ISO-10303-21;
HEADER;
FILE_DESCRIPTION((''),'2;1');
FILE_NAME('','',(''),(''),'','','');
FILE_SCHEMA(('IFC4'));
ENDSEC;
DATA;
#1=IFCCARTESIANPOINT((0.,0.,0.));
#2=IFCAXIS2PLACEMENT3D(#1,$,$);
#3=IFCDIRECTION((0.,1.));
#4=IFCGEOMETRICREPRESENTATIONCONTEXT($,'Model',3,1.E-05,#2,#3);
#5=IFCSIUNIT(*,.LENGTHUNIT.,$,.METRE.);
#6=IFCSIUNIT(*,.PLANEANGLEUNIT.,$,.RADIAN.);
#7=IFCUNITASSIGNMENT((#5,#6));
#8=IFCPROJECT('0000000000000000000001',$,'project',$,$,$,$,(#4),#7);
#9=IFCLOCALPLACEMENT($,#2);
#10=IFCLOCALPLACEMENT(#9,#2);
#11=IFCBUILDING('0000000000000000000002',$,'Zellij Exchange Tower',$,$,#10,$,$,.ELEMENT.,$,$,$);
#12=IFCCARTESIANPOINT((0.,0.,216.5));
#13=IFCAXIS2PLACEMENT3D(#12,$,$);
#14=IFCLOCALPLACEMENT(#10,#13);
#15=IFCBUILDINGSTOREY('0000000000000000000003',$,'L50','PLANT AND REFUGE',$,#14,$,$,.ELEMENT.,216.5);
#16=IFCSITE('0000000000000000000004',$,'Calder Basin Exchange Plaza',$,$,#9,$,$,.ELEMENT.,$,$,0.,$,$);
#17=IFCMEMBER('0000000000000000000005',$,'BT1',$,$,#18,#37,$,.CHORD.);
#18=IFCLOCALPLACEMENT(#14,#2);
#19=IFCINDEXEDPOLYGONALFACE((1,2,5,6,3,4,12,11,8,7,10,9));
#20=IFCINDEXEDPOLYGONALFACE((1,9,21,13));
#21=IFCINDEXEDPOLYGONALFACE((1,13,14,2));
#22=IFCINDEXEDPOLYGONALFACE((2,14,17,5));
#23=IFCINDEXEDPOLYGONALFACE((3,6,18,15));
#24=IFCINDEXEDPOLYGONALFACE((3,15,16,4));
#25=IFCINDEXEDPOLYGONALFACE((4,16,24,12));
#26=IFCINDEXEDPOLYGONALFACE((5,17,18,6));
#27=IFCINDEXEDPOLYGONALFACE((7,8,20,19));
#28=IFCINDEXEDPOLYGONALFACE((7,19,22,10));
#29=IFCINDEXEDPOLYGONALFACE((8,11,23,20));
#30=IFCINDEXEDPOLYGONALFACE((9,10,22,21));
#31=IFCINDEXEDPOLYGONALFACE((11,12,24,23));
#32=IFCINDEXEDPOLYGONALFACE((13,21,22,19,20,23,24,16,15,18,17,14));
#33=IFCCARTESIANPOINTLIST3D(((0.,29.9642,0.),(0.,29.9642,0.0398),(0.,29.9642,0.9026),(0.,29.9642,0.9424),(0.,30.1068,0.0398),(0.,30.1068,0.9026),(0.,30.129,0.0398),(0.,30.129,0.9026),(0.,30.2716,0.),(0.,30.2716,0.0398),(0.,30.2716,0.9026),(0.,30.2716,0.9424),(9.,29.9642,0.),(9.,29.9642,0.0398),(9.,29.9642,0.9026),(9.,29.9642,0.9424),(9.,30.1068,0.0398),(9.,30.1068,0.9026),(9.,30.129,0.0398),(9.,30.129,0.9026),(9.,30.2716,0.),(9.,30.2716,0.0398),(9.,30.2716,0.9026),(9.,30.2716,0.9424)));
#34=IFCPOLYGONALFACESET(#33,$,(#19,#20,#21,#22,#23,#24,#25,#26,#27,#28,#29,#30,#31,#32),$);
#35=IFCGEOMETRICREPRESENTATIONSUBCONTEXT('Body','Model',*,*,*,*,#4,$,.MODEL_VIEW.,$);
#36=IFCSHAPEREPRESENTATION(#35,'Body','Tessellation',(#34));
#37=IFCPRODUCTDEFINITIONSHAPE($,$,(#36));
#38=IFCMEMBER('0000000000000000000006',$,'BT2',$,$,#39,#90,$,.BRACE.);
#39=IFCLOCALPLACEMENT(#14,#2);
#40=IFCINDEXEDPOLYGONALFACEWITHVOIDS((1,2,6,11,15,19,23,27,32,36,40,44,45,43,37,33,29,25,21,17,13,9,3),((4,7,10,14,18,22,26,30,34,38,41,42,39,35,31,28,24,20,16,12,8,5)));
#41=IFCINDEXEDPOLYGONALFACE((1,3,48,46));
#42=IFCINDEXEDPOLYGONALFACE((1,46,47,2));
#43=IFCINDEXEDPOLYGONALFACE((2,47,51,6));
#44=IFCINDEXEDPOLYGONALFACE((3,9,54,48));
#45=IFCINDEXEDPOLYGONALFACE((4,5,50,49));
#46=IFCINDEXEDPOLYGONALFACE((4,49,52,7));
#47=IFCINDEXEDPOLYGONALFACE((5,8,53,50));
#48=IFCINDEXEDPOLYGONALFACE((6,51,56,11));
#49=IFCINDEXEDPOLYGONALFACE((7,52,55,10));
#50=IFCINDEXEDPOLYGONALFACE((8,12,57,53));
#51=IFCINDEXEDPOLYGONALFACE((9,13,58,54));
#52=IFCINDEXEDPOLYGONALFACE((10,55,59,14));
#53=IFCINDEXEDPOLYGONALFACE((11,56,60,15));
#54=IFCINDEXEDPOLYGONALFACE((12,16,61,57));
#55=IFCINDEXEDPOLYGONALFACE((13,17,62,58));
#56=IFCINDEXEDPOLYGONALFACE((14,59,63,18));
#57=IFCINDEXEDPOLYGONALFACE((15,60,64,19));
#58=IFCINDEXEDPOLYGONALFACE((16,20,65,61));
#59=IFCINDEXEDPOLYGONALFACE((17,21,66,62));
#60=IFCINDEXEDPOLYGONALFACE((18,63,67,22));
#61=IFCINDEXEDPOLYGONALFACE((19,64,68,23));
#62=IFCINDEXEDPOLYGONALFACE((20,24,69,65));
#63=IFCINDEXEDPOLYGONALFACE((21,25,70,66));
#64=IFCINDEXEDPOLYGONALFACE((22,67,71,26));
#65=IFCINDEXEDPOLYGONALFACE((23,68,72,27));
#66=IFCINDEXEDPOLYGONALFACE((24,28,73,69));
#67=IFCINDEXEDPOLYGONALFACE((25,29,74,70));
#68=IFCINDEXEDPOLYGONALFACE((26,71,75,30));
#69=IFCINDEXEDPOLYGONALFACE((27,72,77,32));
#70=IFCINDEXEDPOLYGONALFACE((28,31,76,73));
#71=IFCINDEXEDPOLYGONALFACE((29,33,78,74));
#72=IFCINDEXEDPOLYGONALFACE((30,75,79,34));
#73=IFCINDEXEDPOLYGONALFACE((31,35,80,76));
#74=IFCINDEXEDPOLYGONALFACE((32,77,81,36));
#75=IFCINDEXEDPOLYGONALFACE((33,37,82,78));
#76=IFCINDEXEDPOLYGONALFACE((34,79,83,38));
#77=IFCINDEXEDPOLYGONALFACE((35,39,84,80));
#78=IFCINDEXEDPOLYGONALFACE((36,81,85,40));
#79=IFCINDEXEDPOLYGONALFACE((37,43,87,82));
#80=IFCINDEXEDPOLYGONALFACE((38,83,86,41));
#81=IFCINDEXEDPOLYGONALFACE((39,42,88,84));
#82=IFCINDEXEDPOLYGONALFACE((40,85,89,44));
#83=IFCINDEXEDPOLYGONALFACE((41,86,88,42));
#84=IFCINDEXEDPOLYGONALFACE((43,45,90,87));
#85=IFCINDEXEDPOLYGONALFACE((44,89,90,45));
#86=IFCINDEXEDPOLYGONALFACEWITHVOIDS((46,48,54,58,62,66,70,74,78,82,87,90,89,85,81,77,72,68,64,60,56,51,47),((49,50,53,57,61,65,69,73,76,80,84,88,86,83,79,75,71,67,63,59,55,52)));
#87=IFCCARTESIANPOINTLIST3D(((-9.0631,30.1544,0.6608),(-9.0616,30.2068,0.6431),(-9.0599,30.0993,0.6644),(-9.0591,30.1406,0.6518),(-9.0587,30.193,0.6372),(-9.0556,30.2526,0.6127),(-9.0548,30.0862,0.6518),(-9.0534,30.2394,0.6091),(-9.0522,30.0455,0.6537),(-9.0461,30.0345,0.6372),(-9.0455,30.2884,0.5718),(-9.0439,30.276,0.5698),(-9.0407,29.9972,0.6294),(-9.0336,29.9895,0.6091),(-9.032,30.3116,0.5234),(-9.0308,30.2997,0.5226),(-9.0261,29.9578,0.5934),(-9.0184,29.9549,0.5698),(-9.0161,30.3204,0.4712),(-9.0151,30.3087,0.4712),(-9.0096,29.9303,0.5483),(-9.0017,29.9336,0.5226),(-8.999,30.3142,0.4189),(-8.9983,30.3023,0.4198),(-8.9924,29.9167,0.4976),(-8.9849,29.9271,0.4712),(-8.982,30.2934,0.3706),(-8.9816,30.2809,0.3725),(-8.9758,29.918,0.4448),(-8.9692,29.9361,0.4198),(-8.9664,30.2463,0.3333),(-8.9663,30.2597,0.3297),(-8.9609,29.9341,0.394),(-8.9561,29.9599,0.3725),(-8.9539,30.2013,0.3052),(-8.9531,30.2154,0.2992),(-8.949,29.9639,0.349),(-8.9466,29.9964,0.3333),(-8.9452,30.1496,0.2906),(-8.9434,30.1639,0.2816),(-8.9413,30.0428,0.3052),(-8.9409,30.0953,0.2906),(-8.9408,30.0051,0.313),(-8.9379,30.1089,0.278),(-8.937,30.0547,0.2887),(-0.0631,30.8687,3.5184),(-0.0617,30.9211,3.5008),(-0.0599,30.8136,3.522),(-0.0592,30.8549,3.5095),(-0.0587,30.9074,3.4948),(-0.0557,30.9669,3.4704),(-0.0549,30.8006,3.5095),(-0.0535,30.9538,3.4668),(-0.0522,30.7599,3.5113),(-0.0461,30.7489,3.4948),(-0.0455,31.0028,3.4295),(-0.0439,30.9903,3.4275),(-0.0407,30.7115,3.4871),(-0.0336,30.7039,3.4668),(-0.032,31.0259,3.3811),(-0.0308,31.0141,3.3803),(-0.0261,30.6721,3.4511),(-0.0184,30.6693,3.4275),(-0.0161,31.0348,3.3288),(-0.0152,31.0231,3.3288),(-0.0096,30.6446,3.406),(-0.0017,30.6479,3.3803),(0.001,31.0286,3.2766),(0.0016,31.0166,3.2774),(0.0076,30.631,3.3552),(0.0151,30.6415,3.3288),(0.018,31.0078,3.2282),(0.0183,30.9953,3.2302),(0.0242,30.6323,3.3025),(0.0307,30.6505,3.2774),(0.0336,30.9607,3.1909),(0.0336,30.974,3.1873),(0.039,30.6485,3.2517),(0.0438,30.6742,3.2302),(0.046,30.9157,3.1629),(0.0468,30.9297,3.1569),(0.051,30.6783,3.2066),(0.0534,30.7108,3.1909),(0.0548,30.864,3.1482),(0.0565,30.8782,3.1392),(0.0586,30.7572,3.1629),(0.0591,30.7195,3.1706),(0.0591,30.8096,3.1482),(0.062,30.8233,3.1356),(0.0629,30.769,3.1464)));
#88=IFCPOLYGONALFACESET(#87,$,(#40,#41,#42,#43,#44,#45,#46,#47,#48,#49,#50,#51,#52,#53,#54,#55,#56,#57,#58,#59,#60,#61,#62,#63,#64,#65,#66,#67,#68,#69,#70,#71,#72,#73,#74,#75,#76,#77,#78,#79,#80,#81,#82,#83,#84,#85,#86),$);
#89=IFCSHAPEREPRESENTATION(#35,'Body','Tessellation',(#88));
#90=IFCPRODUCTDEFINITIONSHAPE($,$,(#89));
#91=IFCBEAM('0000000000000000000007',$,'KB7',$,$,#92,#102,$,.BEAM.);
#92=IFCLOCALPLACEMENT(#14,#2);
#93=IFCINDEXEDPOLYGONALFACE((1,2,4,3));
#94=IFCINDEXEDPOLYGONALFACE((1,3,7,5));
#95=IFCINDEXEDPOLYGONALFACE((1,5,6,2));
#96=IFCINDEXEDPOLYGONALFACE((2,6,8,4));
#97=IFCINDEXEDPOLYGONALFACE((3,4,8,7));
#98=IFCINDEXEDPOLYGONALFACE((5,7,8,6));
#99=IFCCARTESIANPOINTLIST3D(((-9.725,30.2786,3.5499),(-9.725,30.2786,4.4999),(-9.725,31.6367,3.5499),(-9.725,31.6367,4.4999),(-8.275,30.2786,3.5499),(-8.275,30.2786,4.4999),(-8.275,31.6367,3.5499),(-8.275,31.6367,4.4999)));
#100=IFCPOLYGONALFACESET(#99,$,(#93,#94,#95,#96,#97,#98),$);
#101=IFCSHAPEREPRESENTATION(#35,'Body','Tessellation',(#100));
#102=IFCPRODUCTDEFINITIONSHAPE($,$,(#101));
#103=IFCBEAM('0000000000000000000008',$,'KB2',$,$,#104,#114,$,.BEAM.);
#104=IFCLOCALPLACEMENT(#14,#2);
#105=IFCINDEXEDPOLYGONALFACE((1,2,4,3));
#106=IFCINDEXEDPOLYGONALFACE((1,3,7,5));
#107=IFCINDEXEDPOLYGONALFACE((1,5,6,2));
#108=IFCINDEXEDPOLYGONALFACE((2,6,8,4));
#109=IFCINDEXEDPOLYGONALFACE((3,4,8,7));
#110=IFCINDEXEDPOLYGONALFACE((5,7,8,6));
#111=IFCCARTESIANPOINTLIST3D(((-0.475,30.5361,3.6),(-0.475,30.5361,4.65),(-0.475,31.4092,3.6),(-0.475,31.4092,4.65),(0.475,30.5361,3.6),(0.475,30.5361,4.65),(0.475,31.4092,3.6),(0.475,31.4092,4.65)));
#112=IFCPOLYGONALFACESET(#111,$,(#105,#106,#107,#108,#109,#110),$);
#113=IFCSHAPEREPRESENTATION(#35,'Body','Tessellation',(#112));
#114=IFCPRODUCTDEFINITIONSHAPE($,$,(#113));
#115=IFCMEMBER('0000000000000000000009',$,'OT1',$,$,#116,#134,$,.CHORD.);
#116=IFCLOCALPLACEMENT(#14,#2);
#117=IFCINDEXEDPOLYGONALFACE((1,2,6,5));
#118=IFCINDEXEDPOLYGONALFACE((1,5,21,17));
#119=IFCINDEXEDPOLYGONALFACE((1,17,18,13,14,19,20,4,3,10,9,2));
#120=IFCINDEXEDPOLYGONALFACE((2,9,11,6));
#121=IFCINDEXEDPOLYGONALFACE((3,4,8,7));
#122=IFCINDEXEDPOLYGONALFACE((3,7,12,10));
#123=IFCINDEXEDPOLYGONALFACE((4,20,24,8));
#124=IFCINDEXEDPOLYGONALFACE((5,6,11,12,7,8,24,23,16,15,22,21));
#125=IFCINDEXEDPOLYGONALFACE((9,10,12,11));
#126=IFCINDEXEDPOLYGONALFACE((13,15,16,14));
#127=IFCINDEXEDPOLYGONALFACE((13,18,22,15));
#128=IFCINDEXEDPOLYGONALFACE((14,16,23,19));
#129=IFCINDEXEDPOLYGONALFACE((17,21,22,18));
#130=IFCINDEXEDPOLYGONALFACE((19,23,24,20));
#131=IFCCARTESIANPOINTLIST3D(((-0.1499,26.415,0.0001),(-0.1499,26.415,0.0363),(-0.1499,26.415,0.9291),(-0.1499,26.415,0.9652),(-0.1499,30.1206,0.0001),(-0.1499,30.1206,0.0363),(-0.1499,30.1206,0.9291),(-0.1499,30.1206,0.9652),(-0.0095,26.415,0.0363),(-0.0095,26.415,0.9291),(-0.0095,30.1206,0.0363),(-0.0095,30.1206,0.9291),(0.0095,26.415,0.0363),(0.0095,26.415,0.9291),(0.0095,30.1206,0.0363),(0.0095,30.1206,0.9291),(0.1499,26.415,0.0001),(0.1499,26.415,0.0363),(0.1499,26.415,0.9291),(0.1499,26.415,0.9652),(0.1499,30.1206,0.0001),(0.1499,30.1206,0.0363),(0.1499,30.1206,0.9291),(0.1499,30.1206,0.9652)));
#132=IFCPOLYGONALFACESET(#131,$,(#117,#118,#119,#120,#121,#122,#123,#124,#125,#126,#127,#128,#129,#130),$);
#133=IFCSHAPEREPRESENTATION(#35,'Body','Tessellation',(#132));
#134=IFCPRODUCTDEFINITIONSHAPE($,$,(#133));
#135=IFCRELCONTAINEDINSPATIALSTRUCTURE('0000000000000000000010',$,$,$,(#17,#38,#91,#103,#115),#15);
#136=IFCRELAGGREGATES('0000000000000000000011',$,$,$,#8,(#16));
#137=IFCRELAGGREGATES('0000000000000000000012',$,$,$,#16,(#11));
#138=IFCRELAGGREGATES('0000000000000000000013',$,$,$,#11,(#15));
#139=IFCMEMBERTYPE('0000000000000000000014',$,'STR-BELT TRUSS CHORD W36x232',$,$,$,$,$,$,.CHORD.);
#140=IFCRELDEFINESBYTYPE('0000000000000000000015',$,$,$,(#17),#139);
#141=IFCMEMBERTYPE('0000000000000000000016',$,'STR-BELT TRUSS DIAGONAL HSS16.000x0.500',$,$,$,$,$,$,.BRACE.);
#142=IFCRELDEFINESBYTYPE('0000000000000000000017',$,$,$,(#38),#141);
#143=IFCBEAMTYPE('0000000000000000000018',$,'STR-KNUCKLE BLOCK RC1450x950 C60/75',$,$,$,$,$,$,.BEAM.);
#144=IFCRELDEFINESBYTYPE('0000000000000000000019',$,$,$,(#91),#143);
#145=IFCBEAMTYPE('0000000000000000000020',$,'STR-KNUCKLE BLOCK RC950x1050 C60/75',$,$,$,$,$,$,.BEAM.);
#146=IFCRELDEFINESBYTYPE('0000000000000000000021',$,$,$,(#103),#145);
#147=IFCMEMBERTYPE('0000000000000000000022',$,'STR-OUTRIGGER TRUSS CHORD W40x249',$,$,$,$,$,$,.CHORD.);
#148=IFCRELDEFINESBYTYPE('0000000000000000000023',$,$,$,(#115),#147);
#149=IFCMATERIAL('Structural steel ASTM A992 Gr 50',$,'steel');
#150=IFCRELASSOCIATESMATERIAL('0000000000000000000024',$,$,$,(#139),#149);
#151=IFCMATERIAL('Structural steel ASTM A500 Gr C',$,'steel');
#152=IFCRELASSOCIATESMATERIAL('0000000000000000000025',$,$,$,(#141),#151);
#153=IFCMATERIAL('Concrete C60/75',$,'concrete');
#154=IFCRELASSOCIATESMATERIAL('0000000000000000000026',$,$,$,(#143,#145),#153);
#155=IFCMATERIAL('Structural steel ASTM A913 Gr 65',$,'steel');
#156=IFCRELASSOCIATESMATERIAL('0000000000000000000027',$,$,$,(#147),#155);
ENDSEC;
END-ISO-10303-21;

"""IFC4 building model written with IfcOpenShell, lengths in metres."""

from ifc_helpers import new_model, si_unit, direction, frame, origin, origin_2d, place, context, subcontext, project, spatial, rectangle, hollow_circle, i_section, extrude, material, material_profile, profile_set, type_object, element, save


model = new_model("IFC4")

# Units and contexts
model_context = context("Model", 3, precision=1e-05, world=origin(), true_north=direction((0.0, 1.0)))
body_context = subcontext(model_context, "Body", "Model", "MODEL_VIEW")
ifc_project = project(units=[si_unit("LENGTHUNIT", "METRE"), si_unit("PLANEANGLEUNIT", "RADIAN")], contexts=[model_context])

# Site, building, storey
site_placement = place(None, origin())
site = spatial("IfcSite", under=ifc_project, at=site_placement, Name="Calder Basin Exchange Plaza", CompositionType="ELEMENT", RefElevation=0.0)
building_placement = place(site_placement, origin())
building = spatial("IfcBuilding", under=site, at=building_placement, Name="Zellij Exchange Tower", CompositionType="ELEMENT")
storey_placement = place(building_placement, frame((0.0, 0.0, 216.5)))
storey = spatial("IfcBuildingStorey", under=building, at=storey_placement, Name="L50", Description="PLANT AND REFUGE", CompositionType="ELEMENT", Elevation=216.5)

# Shared definitions
ifc_material_1 = material(Name="Concrete C60/75", Category="concrete")

# Members
ifc_material_2 = material(Name="Structural steel ASTM A992 Gr 50", Category="steel")
ifc_material_profile_1 = material_profile(ifc_material_2, i_section(OverallWidth=0.3074, OverallDepth=0.9424, WebThickness=0.0222, FlangeThickness=0.0398, at=origin_2d()), Name="W36x232")
ifc_profile_set_1 = profile_set([ifc_material_profile_1], Name="Structural steel ASTM A992 Gr 50")
member_type_1 = type_object("IfcMemberType", Name="STR-BELT TRUSS CHORD W36x232", PredefinedType="CHORD", material=ifc_profile_set_1)
for number, where, z_axis, x_axis, name in (
    (1, (0.0, 30.1179, 0.4712), (1.0, 0.0, 0.0), (0.0, 1.0, 0.0), "BT1"),
):
    element("IfcMember", number, at=place(storey_placement, frame(where, z_axis=z_axis, x_axis=x_axis)), inside=storey, type_object=member_type_1, Name=name, PredefinedType="CHORD", context=body_context, shape_type="SweptSolid", body=[
        extrude(i_section(OverallWidth=0.3074, OverallDepth=0.9424, WebThickness=0.0222, FlangeThickness=0.0398, at=origin_2d()), origin(), (0.0, 0.0, 1.0), 9.0),
    ])
ifc_material_3 = material(Name="Structural steel ASTM A500 Gr C", Category="steel")
ifc_material_profile_2 = material_profile(ifc_material_3, hollow_circle(Radius=0.2031, WallThickness=0.0117, at=origin_2d()), Name="STR-BELT TRUSS DIAGONAL HSS16.000x0.500")
ifc_profile_set_2 = profile_set([ifc_material_profile_2], Name="Structural steel ASTM A500 Gr C")
member_type_2 = type_object("IfcMemberType", Name="STR-BELT TRUSS DIAGONAL HSS16.000x0.500", PredefinedType="BRACE", material=ifc_profile_set_2)
member_1_placement = place(storey_placement, frame((-9.0, 30.1179, 0.4712), z_axis=(0.950393, 0.075435, 0.301767), x_axis=(-0.079124, 0.996865, 0.0)))
element("IfcMember", 2, at=member_1_placement, inside=storey, type_object=member_type_2, Name="BT2", PredefinedType="BRACE", context=body_context, shape_type="SweptSolid", body=[
    extrude(hollow_circle(Radius=0.2031, WallThickness=0.0117, at=origin_2d()), origin(), (0.0, 0.0, 1.0), 9.4697),
])

# Beams
ifc_material_profile_3 = material_profile(ifc_material_1, rectangle(XDim=1.45, YDim=0.95, at=origin_2d()), Name="STR-KNUCKLE BLOCK RC1450x950 C60/75")
ifc_profile_set_3 = profile_set([ifc_material_profile_3], Name="Concrete C60/75")
beam_type_1 = type_object("IfcBeamType", Name="STR-KNUCKLE BLOCK RC1450x950 C60/75", PredefinedType="BEAM", material=ifc_profile_set_3)
beam_1_placement = place(storey_placement, frame((-9.0, 30.2786, 4.0249), z_axis=(0.0, 1.0, 0.0), x_axis=(-1.0, 0.0, 0.0)))
element("IfcBeam", 3, at=beam_1_placement, inside=storey, type_object=beam_type_1, Name="KB7", PredefinedType="BEAM", context=body_context, shape_type="SweptSolid", body=[
    extrude(rectangle(XDim=1.45, YDim=0.95, at=origin_2d()), origin(), (0.0, 0.0, 1.0), 1.3582),
])
ifc_material_profile_4 = material_profile(ifc_material_1, rectangle(XDim=0.95, YDim=1.05, at=origin_2d()), Name="STR-KNUCKLE BLOCK RC950x1050 C60/75")
ifc_profile_set_4 = profile_set([ifc_material_profile_4], Name="Concrete C60/75")
beam_type_2 = type_object("IfcBeamType", Name="STR-KNUCKLE BLOCK RC950x1050 C60/75", PredefinedType="BEAM", material=ifc_profile_set_4)
beam_2_placement = place(storey_placement, frame((0.0, 30.5361, 4.125), z_axis=(0.0, 1.0, 0.0), x_axis=(-1.0, 0.0, 0.0)))
element("IfcBeam", 4, at=beam_2_placement, inside=storey, type_object=beam_type_2, Name="KB2", PredefinedType="BEAM", context=body_context, shape_type="SweptSolid", body=[
    extrude(rectangle(XDim=0.95, YDim=1.05, at=origin_2d()), origin(), (0.0, 0.0, 1.0), 0.873),
])

# Member
ifc_material_4 = material(Name="Structural steel ASTM A913 Gr 65", Category="steel")
ifc_material_profile_5 = material_profile(ifc_material_4, i_section(OverallWidth=0.2998, OverallDepth=0.9651, WebThickness=0.019, FlangeThickness=0.0361, at=origin_2d()), Name="W40x249")
ifc_profile_set_5 = profile_set([ifc_material_profile_5], Name="Structural steel ASTM A913 Gr 65")
member_type_3 = type_object("IfcMemberType", Name="STR-OUTRIGGER TRUSS CHORD W40x249", PredefinedType="CHORD", material=ifc_profile_set_5)
member_2_placement = place(storey_placement, frame((0.0, 26.415, 0.4827), z_axis=(0.0, 1.0, 0.0), x_axis=(-1.0, 0.0, 0.0)))
element("IfcMember", 5, at=member_2_placement, inside=storey, type_object=member_type_3, Name="OT1", PredefinedType="CHORD", context=body_context, shape_type="SweptSolid", body=[
    extrude(i_section(OverallWidth=0.2998, OverallDepth=0.9651, WebThickness=0.019, FlangeThickness=0.0361, at=origin_2d()), origin(), (0.0, 0.0, 1.0), 3.7056),
])

save(model, "model.ifc")
